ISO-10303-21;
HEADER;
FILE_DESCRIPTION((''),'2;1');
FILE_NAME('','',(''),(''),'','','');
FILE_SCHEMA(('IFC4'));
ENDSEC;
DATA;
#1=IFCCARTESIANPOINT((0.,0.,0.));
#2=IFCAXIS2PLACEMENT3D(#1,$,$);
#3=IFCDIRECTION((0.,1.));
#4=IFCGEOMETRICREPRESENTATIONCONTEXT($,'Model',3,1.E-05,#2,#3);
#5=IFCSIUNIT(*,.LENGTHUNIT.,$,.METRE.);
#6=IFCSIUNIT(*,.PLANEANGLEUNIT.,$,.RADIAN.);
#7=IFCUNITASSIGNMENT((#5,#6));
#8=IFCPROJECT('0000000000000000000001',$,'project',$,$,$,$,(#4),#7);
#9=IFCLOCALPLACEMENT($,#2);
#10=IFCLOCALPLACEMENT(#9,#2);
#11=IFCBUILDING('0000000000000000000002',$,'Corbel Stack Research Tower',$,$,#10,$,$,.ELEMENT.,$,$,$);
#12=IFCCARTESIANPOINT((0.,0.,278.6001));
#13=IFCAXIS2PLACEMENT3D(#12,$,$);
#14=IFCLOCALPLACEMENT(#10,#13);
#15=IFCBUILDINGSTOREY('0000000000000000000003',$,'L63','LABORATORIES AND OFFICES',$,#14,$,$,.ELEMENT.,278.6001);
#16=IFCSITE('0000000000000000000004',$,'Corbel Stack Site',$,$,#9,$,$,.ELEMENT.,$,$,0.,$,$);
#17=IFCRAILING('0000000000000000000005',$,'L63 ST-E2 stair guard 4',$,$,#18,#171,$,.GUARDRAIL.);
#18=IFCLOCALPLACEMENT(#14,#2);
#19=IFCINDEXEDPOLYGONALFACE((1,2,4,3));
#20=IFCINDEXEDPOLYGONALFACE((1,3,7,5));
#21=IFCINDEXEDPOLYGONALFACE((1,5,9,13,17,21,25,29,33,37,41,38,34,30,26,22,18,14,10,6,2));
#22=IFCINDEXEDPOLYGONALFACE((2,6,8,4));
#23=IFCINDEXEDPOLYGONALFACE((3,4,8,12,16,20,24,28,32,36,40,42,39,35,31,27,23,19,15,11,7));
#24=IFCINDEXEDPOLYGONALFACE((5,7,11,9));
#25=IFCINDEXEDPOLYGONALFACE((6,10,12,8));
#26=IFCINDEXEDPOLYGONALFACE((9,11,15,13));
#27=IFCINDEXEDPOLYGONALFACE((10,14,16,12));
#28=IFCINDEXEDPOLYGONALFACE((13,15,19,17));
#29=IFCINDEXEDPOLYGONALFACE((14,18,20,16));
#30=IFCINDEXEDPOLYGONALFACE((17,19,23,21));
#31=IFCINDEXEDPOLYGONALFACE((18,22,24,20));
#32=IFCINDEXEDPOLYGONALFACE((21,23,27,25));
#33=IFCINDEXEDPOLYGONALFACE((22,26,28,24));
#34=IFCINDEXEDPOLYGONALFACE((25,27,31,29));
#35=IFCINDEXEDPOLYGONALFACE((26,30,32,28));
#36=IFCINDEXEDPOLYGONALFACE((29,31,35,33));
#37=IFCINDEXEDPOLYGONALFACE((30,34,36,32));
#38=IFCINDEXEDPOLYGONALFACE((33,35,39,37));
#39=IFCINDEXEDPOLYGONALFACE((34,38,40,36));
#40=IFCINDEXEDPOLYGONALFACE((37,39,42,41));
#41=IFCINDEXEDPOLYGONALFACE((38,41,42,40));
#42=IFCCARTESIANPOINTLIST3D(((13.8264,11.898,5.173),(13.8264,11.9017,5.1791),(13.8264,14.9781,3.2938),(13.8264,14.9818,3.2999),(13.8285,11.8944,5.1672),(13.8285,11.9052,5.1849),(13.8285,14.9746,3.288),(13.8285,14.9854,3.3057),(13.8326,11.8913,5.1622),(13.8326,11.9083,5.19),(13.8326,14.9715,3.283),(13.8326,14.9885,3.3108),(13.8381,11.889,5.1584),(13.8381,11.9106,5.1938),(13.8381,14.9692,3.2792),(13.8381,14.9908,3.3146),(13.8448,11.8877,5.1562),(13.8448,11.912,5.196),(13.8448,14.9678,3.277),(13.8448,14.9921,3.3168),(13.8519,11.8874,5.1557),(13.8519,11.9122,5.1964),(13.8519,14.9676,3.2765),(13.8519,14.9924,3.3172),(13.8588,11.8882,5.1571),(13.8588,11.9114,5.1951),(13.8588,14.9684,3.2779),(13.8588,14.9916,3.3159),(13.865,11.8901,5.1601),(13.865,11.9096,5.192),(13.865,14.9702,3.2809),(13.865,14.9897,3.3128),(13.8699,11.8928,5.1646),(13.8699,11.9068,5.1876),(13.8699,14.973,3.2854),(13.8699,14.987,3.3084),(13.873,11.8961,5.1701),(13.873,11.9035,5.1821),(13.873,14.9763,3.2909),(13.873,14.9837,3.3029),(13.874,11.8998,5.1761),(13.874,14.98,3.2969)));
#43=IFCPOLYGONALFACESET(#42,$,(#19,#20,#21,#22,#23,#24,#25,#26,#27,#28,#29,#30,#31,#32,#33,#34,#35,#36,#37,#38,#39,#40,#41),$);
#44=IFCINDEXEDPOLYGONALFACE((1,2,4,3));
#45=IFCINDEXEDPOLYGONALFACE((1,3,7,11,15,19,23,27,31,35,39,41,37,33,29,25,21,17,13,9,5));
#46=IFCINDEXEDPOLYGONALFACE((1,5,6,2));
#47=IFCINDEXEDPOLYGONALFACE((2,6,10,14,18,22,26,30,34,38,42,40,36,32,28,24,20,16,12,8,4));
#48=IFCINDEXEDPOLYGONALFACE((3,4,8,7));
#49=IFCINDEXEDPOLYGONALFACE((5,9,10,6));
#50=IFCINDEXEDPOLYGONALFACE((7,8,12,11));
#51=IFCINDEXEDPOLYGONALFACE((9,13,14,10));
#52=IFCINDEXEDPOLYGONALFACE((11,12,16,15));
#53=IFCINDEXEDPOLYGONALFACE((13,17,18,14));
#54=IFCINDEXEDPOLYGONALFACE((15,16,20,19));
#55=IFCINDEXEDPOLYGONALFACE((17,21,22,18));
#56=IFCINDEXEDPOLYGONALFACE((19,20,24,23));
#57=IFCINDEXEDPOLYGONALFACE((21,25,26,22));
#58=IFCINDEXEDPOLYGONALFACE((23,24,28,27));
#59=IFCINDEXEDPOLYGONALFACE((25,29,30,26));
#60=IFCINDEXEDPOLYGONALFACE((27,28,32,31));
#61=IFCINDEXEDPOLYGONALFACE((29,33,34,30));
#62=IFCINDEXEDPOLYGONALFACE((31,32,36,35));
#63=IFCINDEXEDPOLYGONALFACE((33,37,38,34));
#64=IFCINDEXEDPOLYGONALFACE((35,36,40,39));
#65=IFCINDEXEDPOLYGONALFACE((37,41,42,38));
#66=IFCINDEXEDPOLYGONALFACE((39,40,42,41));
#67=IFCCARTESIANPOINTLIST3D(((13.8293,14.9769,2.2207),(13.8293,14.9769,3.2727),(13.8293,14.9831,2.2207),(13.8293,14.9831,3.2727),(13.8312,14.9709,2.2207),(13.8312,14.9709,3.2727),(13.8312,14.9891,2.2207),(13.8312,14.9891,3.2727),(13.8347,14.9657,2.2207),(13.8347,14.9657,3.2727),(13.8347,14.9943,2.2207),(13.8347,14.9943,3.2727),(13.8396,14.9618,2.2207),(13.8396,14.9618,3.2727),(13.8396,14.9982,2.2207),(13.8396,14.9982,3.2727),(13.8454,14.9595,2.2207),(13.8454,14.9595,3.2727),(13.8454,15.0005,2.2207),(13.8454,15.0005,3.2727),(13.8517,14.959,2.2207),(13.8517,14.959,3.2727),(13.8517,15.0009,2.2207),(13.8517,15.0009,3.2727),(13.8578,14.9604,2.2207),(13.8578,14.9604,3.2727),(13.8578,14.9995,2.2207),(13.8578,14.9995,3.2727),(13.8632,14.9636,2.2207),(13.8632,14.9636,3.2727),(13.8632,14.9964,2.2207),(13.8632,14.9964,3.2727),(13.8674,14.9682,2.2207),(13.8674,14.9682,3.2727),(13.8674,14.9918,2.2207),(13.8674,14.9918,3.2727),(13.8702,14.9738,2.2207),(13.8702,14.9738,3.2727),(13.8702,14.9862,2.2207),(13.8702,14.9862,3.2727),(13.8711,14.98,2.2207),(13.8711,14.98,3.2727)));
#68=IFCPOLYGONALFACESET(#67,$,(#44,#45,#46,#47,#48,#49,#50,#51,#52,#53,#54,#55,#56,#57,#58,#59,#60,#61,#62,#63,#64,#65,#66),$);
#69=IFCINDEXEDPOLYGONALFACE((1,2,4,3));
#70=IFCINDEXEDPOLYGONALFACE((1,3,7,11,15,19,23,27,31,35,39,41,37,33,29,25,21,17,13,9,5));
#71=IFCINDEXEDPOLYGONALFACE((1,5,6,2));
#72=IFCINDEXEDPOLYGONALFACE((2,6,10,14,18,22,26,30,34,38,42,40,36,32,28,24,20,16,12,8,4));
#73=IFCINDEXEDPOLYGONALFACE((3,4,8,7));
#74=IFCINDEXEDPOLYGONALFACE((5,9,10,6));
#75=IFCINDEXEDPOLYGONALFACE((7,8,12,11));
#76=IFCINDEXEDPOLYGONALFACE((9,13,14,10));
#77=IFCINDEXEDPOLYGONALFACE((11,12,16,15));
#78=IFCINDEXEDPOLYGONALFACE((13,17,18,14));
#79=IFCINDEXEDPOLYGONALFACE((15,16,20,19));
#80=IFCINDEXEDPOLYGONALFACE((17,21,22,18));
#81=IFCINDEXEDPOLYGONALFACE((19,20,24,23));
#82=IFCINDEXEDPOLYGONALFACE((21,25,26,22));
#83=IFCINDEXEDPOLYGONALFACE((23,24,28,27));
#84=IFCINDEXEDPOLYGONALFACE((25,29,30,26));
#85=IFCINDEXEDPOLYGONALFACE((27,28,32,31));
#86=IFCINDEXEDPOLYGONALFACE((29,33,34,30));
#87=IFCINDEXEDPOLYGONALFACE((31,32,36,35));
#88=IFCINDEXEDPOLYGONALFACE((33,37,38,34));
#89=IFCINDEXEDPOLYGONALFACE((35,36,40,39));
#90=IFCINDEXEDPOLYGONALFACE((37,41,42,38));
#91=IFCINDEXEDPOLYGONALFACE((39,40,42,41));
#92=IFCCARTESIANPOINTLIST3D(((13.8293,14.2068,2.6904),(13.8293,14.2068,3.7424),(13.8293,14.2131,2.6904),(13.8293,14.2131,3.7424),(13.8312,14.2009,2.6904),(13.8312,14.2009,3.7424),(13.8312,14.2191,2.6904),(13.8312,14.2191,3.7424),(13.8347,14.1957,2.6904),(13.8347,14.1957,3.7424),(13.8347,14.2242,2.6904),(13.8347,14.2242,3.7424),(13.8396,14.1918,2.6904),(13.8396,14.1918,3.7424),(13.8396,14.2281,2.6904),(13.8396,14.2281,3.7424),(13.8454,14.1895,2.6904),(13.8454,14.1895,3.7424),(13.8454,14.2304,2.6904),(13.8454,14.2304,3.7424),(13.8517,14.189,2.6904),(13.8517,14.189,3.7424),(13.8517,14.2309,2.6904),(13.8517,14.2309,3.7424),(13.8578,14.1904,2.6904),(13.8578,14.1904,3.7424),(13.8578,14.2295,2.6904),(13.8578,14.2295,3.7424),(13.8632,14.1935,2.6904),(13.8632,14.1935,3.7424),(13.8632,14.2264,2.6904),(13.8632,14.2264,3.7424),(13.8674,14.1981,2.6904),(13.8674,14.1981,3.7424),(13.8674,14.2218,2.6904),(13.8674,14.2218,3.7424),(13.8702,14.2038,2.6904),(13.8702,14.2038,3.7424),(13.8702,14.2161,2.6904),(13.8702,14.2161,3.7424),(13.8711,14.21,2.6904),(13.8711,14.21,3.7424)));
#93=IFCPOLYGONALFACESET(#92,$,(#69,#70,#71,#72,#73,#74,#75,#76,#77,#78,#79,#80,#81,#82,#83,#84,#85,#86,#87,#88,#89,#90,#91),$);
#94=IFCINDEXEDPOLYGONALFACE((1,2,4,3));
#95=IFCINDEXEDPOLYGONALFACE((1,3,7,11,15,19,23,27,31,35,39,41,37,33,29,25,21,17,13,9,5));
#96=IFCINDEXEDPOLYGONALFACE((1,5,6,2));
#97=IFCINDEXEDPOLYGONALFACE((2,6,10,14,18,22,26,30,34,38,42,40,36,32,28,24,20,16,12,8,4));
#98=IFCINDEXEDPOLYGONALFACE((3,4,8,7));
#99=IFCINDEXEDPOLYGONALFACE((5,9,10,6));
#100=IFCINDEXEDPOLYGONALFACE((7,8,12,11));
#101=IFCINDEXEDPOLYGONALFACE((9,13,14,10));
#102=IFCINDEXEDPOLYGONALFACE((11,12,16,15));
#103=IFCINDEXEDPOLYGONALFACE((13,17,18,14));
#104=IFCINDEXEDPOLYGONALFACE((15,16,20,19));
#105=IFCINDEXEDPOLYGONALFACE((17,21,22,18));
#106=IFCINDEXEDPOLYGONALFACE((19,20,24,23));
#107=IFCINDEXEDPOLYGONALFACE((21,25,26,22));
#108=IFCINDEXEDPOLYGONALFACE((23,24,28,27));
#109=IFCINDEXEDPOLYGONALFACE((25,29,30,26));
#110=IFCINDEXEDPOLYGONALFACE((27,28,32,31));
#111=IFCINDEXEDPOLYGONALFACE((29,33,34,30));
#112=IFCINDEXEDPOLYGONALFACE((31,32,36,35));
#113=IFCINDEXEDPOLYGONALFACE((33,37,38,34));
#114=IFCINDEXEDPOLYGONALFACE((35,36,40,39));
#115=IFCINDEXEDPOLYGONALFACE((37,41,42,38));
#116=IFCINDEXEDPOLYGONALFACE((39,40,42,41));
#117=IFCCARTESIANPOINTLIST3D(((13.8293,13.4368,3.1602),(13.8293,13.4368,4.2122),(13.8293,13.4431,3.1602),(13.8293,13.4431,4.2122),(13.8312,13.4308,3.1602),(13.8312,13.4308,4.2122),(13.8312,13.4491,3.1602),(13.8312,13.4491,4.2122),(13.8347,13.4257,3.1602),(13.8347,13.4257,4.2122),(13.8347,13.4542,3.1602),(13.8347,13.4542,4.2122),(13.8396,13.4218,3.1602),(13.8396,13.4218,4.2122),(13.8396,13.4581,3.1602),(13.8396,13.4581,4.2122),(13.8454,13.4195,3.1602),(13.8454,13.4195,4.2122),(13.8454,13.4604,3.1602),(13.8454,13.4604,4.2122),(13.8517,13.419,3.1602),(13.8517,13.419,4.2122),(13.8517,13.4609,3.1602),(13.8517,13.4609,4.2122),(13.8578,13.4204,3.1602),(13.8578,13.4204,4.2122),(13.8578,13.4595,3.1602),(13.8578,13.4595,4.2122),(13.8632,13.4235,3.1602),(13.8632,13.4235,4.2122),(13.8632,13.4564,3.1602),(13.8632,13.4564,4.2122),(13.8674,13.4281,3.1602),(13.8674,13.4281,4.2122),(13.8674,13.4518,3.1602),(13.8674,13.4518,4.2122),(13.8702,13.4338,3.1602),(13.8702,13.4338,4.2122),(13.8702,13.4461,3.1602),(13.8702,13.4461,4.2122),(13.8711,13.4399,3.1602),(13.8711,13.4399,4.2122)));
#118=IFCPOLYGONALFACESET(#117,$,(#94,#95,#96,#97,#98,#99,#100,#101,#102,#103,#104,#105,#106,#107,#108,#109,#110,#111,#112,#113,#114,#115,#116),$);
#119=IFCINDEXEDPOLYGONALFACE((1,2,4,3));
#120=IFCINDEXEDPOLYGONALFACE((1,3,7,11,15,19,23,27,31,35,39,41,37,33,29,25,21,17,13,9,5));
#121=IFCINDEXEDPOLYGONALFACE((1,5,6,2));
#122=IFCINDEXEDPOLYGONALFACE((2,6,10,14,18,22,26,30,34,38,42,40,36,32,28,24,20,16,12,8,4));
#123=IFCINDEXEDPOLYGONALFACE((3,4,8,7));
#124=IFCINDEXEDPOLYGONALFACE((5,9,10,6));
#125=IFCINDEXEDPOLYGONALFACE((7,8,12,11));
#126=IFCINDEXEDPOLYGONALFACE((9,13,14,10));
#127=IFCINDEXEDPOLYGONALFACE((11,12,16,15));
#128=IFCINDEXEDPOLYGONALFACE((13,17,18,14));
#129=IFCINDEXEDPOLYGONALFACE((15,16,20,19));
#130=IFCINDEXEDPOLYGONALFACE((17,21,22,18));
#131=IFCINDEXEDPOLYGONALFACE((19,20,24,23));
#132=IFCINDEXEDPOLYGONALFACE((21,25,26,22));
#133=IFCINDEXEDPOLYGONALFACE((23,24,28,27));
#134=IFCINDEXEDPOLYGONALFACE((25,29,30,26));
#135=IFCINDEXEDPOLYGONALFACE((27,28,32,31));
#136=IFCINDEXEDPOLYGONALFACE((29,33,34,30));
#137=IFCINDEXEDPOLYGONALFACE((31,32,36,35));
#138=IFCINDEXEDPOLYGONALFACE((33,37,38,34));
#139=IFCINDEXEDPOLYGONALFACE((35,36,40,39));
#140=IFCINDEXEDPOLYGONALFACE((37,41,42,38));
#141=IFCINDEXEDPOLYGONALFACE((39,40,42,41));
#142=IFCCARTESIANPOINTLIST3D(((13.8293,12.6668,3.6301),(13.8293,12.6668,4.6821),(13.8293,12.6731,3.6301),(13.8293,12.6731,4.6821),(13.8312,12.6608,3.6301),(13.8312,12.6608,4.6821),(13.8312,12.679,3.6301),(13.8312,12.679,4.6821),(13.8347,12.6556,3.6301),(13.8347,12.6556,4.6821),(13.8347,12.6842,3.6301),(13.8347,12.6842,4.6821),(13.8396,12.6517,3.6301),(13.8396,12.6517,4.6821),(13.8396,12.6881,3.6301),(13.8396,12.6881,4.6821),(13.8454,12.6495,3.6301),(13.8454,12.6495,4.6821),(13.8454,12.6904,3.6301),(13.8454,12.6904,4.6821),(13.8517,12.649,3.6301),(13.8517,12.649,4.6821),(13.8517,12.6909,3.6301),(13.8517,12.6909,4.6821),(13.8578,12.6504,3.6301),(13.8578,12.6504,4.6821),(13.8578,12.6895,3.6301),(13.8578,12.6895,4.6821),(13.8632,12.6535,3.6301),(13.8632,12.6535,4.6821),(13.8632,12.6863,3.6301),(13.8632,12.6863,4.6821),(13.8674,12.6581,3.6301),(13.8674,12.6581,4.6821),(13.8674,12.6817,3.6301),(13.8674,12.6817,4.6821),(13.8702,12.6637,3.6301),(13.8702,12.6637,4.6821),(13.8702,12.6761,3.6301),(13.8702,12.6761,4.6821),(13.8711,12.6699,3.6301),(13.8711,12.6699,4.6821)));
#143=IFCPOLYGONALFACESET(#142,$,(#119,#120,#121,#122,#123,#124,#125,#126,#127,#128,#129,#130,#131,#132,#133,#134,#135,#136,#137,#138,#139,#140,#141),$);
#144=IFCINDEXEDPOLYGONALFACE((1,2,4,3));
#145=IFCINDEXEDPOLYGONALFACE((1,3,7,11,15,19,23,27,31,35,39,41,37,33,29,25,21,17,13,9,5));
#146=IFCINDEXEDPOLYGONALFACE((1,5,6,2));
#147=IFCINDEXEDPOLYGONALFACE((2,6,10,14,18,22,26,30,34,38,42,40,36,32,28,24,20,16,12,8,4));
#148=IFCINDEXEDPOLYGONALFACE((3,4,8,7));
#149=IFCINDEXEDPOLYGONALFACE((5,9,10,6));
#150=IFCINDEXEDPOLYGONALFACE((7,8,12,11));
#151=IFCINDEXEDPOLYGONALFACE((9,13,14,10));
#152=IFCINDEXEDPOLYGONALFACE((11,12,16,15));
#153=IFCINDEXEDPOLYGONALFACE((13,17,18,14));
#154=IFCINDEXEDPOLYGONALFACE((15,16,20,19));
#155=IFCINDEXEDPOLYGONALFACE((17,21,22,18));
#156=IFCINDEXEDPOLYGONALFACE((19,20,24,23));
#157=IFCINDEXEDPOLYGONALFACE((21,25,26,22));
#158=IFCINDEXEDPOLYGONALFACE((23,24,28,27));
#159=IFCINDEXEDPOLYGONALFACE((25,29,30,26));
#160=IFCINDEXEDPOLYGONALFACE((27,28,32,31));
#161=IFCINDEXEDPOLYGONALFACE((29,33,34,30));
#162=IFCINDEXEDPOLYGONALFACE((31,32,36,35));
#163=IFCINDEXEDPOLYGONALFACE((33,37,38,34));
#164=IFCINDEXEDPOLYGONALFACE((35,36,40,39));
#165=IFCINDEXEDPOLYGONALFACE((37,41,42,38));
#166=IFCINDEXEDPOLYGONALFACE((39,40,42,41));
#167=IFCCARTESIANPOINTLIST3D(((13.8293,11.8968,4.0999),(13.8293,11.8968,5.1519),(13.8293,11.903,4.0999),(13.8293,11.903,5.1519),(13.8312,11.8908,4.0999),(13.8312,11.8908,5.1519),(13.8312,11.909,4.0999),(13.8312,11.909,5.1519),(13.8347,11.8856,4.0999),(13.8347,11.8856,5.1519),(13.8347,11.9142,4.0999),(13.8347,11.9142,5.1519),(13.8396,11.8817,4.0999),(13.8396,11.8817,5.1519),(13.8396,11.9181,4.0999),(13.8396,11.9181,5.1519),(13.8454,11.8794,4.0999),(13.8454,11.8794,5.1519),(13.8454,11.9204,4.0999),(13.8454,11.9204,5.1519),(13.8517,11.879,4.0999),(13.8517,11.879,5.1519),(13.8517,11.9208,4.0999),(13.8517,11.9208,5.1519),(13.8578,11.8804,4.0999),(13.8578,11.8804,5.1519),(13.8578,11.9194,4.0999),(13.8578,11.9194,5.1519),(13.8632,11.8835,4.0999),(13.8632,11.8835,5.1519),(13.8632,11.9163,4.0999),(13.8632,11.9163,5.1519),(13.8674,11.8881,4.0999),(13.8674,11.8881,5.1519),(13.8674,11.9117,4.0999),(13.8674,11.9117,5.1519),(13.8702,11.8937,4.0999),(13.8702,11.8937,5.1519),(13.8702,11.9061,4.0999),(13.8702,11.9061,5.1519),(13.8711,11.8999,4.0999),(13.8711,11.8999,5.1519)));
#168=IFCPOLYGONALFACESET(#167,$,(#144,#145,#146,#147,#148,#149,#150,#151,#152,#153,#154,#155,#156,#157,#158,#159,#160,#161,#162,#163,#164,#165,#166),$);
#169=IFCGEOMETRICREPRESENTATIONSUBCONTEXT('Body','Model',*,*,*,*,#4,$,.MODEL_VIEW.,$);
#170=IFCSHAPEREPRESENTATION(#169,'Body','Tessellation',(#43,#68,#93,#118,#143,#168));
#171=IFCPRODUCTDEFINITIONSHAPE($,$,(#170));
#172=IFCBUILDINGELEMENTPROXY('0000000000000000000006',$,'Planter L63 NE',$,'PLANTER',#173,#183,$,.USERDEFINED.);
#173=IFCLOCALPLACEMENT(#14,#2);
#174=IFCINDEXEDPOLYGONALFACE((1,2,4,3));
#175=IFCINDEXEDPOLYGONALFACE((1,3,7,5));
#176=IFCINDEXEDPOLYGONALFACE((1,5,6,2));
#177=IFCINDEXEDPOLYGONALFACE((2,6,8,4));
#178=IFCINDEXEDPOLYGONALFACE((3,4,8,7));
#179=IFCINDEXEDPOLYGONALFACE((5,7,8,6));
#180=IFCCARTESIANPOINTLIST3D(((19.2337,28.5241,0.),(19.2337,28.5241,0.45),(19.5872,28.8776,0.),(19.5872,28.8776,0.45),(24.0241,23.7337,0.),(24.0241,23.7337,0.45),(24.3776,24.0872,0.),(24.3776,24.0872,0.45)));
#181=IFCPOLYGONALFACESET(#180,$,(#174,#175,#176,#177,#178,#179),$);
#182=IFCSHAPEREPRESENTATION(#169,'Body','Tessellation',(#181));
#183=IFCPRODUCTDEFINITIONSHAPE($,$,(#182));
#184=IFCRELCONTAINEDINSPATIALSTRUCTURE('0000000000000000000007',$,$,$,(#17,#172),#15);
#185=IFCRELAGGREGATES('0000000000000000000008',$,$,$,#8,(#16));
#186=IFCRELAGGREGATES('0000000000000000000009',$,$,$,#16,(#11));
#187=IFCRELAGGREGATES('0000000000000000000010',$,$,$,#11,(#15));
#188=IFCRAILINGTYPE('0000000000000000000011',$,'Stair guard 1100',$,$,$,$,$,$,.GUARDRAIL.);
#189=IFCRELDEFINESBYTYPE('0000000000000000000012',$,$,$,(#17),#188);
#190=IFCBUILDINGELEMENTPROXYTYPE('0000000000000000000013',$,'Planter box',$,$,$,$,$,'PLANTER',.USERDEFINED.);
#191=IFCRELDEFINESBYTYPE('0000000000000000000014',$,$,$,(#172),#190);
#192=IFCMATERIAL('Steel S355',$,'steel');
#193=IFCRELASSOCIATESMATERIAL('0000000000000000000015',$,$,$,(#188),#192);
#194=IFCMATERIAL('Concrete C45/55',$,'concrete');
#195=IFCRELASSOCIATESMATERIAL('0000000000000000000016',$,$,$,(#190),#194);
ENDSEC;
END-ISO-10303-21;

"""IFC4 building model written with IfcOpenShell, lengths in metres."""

from ifc_helpers import new_model, si_unit, direction, frame, origin, origin_2d, place, context, subcontext, project, spatial, rectangle, circle, extrude, material, type_object, element, save


model = new_model("IFC4")

# Units and contexts
model_context = context("Model", 3, precision=1e-05, world=origin(), true_north=direction((0.0, 1.0)))
body_context = subcontext(model_context, "Body", "Model", "MODEL_VIEW")
ifc_project = project(units=[si_unit("LENGTHUNIT", "METRE"), si_unit("PLANEANGLEUNIT", "RADIAN")], contexts=[model_context])

# Site, building, storey
site_placement = place(None, origin())
site = spatial("IfcSite", under=ifc_project, at=site_placement, Name="Corbel Stack Site", CompositionType="ELEMENT", RefElevation=0.0)
building_placement = place(site_placement, origin())
building = spatial("IfcBuilding", under=site, at=building_placement, Name="Corbel Stack Research Tower", CompositionType="ELEMENT")
storey_placement = place(building_placement, frame((0.0, 0.0, 278.6001)))
storey = spatial("IfcBuildingStorey", under=building, at=storey_placement, Name="L63", Description="LABORATORIES AND OFFICES", CompositionType="ELEMENT", Elevation=278.6001)

# Railing
ifc_material_1 = material(Name="Steel S355", Category="steel")
railing_type_1 = type_object("IfcRailingType", Name="Stair guard 1100", PredefinedType="GUARDRAIL", material=ifc_material_1)
railing_1_placement = place(storey_placement, frame((13.8501, 14.98, 2.2207)))
element("IfcRailing", 1, at=railing_1_placement, inside=storey, type_object=railing_type_1, Name="L63 ST-E2 stair guard 4", PredefinedType="GUARDRAIL", context=body_context, shape_type="SweptSolid", body=[
    extrude(circle(Radius=0.0239, at=origin_2d()), frame((0.0, 0.0, 1.0762), z_axis=(0.0, -0.853666, 0.52082), x_axis=(1.0, 0.0, 0.0)), (0.0, 0.0, 1.0), 3.6082),
    extrude(circle(Radius=0.021, at=origin_2d()), origin(), (0.0, 0.0, 1.0), 1.052),
    extrude(circle(Radius=0.021, at=origin_2d()), frame((0.0, -0.77, 0.4697)), (0.0, 0.0, 1.0), 1.052),
    extrude(circle(Radius=0.021, at=origin_2d()), frame((0.0, -1.54, 0.9395)), (0.0, 0.0, 1.0), 1.052),
    extrude(circle(Radius=0.021, at=origin_2d()), frame((0.0, -2.3101, 1.4094)), (0.0, 0.0, 1.0), 1.052),
    extrude(circle(Radius=0.021, at=origin_2d()), frame((0.0, -3.0801, 1.8792)), (0.0, 0.0, 1.0), 1.052),
])

# Building element proxy
ifc_material_2 = material(Name="Concrete C45/55", Category="concrete")
building_element_proxy_type = type_object("IfcBuildingElementProxyType", Name="Planter box", ElementType="PLANTER", PredefinedType="USERDEFINED", material=ifc_material_2)
proxy_placement = place(storey_placement, frame((21.8057, 26.3057, 0.0), z_axis=(0.0, 0.0, 1.0), x_axis=(-0.707107, 0.707107, 0.0)))
element("IfcBuildingElementProxy", 2, at=proxy_placement, inside=storey, type_object=building_element_proxy_type, Name="Planter L63 NE", ObjectType="PLANTER", PredefinedType="USERDEFINED", context=body_context, shape_type="SweptSolid", body=[
    extrude(rectangle(XDim=6.7747, YDim=0.5, at=origin_2d()), origin(), (0.0, 0.0, 1.0), 0.45),
])

save(model, "model.ifc")
